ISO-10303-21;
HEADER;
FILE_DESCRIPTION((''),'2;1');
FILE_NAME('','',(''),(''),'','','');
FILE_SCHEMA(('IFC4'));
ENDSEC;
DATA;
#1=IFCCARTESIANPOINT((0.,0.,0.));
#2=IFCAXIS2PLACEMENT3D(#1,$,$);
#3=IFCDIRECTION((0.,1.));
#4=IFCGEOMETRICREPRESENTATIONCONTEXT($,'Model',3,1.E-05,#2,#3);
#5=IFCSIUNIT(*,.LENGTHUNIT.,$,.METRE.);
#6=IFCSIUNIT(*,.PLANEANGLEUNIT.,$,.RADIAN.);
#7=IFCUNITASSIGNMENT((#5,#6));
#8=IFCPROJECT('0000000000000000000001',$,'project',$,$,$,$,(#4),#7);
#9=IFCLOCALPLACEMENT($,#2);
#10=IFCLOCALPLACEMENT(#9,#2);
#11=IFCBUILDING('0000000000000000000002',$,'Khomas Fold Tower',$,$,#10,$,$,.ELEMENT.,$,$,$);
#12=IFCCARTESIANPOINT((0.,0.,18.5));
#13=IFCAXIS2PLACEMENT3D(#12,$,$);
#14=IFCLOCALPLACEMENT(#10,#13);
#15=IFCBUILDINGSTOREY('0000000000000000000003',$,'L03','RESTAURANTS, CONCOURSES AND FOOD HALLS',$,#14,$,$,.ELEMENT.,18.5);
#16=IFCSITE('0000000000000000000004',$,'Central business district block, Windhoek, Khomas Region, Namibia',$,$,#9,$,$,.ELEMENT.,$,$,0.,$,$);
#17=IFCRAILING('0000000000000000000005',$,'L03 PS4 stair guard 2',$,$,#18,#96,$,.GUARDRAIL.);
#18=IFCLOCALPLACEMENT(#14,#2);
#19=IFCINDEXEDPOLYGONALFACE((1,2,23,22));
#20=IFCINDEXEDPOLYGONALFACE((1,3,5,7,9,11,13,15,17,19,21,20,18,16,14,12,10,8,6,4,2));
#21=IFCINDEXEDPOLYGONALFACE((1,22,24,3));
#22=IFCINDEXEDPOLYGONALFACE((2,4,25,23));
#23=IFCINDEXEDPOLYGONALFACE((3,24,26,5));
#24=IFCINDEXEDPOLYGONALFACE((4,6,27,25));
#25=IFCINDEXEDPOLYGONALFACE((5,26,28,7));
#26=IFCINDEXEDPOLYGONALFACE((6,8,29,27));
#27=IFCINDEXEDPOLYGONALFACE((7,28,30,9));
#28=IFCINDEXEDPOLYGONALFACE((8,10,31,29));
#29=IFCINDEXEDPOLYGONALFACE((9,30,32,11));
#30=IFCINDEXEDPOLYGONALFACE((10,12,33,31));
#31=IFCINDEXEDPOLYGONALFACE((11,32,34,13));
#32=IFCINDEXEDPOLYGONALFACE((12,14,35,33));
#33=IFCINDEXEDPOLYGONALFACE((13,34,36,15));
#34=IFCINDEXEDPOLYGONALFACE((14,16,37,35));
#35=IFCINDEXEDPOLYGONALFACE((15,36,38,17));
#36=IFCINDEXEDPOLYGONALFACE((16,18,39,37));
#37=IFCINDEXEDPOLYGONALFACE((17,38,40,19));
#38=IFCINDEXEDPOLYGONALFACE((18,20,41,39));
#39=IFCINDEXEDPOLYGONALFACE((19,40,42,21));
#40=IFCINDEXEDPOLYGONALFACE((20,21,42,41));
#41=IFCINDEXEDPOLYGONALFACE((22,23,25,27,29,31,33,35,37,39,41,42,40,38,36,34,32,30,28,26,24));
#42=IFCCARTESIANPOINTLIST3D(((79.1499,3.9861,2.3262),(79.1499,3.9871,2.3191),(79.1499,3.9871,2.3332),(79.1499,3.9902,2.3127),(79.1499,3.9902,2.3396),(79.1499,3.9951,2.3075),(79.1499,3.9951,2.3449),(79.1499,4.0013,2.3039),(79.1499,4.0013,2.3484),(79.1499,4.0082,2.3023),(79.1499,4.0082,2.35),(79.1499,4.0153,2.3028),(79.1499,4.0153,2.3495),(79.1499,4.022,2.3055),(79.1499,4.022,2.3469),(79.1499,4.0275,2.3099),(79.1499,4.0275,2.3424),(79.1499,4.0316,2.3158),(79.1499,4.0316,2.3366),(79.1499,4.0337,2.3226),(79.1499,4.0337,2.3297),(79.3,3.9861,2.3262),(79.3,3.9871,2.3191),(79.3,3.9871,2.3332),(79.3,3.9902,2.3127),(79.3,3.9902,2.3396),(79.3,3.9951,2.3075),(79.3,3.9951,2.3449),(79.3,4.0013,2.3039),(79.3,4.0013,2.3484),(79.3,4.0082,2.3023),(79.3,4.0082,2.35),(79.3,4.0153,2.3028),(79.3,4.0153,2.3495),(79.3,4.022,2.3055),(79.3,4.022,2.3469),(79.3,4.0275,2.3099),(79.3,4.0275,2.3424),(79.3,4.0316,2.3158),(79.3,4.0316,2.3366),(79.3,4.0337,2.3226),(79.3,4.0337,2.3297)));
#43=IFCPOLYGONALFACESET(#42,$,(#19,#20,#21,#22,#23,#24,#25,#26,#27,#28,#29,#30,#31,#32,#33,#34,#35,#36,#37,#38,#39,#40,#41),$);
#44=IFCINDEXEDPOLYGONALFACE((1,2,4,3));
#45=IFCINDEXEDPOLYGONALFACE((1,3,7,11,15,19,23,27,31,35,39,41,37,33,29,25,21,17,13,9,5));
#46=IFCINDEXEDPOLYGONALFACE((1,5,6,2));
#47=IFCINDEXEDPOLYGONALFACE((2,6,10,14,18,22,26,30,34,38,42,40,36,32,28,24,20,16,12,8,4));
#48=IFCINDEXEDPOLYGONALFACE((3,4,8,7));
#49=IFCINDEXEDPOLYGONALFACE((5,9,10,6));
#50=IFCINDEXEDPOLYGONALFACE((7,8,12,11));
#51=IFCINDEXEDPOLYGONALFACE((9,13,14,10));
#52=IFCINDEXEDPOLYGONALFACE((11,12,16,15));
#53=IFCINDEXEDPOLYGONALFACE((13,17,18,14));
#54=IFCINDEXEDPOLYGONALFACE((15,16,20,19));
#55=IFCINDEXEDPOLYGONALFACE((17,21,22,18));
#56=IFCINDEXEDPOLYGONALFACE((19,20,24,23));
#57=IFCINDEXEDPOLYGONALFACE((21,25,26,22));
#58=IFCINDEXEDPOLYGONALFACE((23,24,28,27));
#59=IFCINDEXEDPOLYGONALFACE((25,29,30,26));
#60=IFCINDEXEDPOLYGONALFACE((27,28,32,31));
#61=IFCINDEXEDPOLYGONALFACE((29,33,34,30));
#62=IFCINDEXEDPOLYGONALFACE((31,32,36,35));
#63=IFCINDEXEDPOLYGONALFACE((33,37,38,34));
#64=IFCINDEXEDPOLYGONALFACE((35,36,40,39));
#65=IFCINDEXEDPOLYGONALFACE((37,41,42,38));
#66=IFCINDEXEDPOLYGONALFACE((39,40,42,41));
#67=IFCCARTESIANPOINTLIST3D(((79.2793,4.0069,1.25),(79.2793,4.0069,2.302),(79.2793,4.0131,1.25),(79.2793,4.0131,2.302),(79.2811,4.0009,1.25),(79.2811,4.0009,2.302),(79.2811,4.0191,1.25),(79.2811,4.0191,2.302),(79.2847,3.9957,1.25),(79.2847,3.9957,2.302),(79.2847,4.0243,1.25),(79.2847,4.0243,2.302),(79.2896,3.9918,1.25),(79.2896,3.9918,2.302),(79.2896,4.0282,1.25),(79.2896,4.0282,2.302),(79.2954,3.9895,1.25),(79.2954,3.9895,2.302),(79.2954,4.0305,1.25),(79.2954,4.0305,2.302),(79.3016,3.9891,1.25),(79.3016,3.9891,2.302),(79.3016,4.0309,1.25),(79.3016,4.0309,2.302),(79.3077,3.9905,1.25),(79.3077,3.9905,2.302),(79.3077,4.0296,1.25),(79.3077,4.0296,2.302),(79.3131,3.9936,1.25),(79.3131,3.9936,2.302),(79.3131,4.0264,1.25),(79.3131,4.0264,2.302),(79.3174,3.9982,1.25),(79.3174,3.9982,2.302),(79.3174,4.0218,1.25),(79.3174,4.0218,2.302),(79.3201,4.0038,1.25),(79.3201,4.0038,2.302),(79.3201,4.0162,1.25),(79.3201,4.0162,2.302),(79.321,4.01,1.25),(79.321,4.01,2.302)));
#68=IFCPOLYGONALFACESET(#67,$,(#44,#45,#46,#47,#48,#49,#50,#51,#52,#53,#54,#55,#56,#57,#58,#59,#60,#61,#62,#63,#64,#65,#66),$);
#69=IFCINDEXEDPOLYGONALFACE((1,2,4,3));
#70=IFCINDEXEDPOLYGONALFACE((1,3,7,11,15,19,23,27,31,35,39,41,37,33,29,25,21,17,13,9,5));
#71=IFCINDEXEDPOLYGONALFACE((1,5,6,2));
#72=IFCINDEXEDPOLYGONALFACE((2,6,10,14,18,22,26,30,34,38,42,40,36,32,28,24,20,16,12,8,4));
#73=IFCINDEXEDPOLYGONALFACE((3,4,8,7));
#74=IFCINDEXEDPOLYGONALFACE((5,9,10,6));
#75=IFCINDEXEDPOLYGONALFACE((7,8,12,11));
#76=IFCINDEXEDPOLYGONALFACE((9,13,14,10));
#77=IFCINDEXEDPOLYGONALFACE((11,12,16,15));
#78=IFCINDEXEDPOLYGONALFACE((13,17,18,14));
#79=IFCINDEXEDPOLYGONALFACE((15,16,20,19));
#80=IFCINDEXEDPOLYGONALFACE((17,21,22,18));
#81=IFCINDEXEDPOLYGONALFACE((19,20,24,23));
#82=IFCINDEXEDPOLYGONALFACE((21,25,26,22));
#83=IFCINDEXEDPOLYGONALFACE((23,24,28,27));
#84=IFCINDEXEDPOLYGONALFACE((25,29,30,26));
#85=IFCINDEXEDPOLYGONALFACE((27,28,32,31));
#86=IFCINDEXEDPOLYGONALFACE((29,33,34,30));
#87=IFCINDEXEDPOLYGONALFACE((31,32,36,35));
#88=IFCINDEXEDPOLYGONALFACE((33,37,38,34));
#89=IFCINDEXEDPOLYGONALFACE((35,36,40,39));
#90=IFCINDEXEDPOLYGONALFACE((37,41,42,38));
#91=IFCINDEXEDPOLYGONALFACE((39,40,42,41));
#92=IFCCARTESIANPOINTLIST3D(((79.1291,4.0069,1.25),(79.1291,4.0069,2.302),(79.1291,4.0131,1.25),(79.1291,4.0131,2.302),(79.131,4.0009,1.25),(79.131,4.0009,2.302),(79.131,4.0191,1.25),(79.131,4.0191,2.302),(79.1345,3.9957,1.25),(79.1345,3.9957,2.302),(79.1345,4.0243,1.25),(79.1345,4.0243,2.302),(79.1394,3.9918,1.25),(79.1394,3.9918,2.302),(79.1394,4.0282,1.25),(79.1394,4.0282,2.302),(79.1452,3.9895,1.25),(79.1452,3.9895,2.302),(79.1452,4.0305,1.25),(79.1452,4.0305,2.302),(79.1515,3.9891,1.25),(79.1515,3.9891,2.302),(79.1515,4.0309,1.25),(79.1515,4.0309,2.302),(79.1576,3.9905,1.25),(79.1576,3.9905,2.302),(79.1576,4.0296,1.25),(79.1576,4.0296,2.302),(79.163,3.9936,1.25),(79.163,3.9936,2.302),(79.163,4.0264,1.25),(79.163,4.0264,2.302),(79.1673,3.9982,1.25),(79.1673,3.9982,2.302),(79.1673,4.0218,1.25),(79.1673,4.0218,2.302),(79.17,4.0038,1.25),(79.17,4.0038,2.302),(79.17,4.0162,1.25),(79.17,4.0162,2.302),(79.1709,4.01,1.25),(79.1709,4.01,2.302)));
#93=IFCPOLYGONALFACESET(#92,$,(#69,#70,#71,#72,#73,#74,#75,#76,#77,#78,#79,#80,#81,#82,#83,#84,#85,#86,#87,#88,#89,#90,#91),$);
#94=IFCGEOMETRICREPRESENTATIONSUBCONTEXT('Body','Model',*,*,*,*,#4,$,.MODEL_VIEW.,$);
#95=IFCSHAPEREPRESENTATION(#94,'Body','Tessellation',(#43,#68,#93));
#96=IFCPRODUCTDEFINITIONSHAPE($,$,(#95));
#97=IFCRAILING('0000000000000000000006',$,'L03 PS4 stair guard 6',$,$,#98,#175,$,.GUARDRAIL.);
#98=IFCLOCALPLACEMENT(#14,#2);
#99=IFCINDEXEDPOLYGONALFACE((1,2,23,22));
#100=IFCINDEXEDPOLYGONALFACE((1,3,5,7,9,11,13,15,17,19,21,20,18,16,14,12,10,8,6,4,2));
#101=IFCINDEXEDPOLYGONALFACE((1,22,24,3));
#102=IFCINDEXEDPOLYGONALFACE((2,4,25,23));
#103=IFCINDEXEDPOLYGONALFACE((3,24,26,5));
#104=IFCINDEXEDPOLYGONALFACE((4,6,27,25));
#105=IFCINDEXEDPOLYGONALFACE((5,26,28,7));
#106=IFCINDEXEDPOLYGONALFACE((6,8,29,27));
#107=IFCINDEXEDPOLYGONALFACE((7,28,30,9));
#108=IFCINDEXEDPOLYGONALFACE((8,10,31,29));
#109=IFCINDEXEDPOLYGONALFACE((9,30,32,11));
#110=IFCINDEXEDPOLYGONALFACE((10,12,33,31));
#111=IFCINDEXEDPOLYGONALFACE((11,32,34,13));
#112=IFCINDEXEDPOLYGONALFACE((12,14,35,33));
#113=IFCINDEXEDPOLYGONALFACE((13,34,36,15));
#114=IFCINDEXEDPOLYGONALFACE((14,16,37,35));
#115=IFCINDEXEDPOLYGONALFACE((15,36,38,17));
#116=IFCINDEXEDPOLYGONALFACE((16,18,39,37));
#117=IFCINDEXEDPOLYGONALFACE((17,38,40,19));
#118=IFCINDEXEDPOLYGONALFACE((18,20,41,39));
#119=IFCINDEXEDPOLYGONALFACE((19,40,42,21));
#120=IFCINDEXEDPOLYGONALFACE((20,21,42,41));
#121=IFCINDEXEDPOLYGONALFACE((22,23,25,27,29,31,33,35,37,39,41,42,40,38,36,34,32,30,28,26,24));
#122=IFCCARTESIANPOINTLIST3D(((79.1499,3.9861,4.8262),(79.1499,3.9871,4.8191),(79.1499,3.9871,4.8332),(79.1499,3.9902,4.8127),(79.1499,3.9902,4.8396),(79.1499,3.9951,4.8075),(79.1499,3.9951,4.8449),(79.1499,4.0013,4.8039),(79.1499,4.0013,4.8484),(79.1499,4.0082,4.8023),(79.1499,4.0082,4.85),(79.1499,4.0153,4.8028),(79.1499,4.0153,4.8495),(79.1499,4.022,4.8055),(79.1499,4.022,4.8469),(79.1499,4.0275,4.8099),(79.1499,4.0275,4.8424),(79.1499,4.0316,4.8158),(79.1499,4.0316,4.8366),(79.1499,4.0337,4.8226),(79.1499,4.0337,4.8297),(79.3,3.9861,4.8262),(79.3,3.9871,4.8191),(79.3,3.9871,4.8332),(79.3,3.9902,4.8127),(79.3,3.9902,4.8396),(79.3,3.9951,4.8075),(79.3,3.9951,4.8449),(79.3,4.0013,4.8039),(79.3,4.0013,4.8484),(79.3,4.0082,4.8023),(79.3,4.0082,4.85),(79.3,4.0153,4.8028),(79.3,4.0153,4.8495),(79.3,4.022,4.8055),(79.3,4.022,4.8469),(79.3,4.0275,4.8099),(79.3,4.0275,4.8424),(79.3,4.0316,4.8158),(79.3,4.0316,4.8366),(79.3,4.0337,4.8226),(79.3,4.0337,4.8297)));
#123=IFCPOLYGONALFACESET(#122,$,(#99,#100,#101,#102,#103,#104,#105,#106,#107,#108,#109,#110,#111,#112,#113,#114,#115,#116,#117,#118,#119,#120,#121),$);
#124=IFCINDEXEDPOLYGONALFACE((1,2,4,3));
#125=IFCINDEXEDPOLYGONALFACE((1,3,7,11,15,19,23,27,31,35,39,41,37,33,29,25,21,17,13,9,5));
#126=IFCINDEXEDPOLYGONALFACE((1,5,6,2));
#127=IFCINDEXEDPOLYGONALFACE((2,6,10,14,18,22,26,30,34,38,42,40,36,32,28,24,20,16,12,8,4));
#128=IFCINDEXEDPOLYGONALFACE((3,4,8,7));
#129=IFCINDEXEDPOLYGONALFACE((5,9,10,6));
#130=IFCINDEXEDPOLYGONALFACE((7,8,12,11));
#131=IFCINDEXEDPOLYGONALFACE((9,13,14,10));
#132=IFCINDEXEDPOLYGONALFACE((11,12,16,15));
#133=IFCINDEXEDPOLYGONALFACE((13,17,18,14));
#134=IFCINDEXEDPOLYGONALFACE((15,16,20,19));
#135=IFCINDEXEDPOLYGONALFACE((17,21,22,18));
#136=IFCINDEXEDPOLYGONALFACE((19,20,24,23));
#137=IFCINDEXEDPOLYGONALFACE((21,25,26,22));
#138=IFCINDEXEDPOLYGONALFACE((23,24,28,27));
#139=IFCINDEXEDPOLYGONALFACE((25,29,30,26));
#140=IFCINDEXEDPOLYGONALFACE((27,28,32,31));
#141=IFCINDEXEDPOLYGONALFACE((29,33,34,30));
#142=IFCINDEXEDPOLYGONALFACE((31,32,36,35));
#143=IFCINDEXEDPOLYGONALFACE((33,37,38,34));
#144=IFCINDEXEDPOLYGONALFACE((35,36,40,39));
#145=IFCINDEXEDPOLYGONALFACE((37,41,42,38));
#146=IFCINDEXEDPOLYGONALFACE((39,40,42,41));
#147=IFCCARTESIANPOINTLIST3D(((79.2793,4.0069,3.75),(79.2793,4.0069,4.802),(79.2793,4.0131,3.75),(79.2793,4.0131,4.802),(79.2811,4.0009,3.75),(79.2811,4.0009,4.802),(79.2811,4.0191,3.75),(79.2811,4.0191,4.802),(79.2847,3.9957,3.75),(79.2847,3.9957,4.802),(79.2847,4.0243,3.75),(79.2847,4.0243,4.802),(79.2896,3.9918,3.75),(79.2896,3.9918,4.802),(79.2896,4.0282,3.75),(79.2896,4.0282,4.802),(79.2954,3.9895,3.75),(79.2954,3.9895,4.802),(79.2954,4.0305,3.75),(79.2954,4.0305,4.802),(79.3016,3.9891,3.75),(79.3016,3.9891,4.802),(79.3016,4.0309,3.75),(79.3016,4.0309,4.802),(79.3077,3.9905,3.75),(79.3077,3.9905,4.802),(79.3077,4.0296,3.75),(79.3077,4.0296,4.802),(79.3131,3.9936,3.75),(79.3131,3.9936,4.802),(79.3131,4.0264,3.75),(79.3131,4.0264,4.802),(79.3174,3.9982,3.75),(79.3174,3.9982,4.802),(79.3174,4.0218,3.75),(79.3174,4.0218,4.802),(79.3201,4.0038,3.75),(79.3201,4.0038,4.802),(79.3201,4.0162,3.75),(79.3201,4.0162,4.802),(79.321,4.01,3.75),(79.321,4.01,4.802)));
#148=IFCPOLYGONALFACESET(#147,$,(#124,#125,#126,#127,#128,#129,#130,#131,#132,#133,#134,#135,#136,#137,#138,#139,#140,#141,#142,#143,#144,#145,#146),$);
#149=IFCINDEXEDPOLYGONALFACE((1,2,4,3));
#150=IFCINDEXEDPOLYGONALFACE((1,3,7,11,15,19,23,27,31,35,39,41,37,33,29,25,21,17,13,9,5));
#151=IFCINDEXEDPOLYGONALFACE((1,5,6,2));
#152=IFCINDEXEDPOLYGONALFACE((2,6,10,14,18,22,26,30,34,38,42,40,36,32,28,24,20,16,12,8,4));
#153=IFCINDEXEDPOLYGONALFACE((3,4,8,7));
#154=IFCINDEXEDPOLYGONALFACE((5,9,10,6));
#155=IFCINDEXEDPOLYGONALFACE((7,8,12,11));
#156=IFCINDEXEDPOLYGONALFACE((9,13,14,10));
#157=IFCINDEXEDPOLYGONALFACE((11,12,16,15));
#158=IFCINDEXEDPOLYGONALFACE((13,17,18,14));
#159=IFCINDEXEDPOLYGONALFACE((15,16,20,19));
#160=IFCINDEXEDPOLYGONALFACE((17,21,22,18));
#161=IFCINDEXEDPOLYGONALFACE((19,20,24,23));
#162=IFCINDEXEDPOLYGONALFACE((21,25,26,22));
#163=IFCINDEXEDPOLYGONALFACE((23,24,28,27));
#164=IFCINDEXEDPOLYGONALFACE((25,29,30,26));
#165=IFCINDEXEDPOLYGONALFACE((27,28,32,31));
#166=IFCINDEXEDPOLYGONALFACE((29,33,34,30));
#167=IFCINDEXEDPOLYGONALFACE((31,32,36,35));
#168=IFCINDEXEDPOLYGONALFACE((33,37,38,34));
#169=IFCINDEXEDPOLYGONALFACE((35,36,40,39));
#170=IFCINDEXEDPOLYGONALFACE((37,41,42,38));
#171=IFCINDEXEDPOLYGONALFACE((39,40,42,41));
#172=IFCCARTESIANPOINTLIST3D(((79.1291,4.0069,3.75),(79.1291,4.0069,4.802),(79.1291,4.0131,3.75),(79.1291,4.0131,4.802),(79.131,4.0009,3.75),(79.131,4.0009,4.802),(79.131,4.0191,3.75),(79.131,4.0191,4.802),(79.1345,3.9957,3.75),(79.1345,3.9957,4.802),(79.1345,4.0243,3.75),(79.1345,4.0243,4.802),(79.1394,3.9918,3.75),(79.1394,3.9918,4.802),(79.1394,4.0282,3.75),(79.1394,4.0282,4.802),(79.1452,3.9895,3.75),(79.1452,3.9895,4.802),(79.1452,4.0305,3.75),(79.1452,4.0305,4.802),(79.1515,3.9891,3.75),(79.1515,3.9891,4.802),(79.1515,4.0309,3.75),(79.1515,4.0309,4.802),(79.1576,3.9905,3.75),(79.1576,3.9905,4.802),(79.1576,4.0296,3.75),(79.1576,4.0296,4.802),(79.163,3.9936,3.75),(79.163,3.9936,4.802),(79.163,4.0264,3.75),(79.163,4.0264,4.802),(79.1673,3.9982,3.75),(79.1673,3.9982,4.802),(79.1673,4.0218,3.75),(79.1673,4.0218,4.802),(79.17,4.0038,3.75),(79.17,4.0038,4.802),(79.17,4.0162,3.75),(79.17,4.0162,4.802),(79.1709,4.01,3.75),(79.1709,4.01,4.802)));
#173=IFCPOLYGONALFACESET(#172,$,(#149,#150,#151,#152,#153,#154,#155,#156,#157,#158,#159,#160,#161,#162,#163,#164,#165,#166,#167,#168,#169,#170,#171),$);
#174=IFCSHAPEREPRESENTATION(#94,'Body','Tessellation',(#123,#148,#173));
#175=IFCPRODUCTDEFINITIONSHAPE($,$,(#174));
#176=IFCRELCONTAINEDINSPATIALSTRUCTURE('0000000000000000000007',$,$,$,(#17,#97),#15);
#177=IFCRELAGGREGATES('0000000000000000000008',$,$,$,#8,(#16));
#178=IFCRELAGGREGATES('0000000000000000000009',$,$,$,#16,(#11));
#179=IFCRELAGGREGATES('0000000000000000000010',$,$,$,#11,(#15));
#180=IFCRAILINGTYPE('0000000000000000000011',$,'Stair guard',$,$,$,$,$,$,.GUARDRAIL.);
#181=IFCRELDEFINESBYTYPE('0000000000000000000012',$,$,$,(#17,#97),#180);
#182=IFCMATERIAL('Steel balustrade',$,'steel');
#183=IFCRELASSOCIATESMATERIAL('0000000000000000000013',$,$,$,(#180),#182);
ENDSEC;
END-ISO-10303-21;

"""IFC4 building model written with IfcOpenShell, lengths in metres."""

from ifc_helpers import new_model, si_unit, direction, frame, origin, origin_2d, place, context, subcontext, project, spatial, circle, extrude, source, transform, mapped, material, type_object, element, save


model = new_model("IFC4")

# Units and contexts
model_context = context("Model", 3, precision=1e-05, world=origin(), true_north=direction((0.0, 1.0)))
body_context = subcontext(model_context, "Body", "Model", "MODEL_VIEW")
ifc_project = project(units=[si_unit("LENGTHUNIT", "METRE"), si_unit("PLANEANGLEUNIT", "RADIAN")], contexts=[model_context])

# Site, building, storey
site_placement = place(None, origin())
site = spatial("IfcSite", under=ifc_project, at=site_placement, Name="Central business district block, Windhoek, Khomas Region, Namibia", CompositionType="ELEMENT", RefElevation=0.0)
building_placement = place(site_placement, origin())
building = spatial("IfcBuilding", under=site, at=building_placement, Name="Khomas Fold Tower", CompositionType="ELEMENT")
storey_placement = place(building_placement, frame((0.0, 0.0, 18.5)))
storey = spatial("IfcBuildingStorey", under=building, at=storey_placement, Name="L03", Description="RESTAURANTS, CONCOURSES AND FOOD HALLS", CompositionType="ELEMENT", Elevation=18.5)

# Railings
ifc_material_1 = material(Name="Steel balustrade", Category="steel")
railing_type_1 = type_object("IfcRailingType", Name="Stair guard", PredefinedType="GUARDRAIL", material=ifc_material_1)
shared_shape_1 = source(origin(), body_context, "Body", "SweptSolid", [
    extrude(circle(Radius=0.0239, at=origin_2d()), frame((0.0, 0.0, 1.0762), z_axis=(-1.0, 0.0, 0.0), x_axis=(0.0, -1.0, 0.0)), (0.0, 0.0, 1.0), 0.1501),
    extrude(circle(Radius=0.021, at=origin_2d()), origin(), (0.0, 0.0, 1.0), 1.052),
    extrude(circle(Radius=0.021, at=origin_2d()), frame((-0.1501, 0.0, 0.0)), (0.0, 0.0, 1.0), 1.052),
])
for number, where, name in (
    (1, (79.3, 4.01, 1.25), "L03 PS4 stair guard 2"),
    (2, (79.3, 4.01, 3.75), "L03 PS4 stair guard 6"),
):
    element("IfcRailing", number, at=place(storey_placement, frame(where)), inside=storey, type_object=railing_type_1, Name=name, PredefinedType="GUARDRAIL", context=body_context, shape_type="MappedRepresentation", body=[
        mapped(shared_shape_1, transform((0.0, 0.0, 0.0))),
    ])

save(model, "model.ifc")
